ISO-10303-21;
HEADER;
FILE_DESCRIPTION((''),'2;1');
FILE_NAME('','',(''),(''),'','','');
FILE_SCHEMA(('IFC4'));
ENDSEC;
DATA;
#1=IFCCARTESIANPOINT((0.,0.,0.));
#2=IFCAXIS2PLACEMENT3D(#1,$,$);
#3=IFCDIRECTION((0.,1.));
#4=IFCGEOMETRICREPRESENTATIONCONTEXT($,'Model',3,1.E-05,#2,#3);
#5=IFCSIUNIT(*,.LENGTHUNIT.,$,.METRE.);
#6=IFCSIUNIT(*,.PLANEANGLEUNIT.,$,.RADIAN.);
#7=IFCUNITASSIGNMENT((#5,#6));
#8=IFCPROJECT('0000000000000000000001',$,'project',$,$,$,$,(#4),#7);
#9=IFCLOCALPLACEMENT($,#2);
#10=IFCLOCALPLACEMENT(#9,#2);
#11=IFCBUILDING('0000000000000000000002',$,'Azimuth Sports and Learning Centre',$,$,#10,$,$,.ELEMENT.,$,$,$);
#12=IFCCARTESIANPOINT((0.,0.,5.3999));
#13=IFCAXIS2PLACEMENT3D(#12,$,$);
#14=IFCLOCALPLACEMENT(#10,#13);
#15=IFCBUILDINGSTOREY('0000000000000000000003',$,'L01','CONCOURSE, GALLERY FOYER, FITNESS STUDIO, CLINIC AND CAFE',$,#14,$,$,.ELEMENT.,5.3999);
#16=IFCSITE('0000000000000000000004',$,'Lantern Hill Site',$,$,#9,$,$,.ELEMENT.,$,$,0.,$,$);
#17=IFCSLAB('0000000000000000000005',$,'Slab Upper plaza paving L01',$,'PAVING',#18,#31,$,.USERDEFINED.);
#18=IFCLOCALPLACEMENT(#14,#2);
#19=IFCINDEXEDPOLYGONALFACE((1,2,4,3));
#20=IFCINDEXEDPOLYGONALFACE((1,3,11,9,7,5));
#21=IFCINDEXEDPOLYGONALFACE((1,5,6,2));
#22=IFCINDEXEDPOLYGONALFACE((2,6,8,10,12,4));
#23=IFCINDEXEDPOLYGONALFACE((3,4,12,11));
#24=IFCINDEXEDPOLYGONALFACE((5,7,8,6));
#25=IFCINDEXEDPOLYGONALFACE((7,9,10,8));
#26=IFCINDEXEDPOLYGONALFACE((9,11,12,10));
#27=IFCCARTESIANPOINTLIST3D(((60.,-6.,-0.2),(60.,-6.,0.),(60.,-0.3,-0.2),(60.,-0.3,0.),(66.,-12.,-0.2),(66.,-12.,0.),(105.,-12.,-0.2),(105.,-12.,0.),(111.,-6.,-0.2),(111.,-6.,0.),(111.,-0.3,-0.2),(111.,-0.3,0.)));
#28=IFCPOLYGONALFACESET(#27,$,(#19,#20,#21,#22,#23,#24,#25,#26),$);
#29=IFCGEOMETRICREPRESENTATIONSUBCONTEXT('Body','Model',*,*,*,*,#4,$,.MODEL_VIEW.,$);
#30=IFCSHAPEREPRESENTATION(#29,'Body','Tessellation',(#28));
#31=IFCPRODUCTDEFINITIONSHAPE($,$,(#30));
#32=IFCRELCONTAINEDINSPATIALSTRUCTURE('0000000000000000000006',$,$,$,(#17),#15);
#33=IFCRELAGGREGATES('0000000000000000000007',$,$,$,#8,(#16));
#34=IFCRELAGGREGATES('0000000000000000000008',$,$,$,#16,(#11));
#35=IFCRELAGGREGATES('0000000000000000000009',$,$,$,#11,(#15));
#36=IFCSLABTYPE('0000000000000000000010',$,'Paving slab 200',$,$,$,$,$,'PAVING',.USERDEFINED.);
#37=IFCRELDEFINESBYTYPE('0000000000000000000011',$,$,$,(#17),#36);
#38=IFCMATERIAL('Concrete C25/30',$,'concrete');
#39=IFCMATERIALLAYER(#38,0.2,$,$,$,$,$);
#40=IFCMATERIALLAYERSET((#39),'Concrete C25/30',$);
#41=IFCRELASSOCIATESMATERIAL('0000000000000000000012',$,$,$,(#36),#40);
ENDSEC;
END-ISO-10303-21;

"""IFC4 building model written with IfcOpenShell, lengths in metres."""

from ifc_helpers import new_model, si_unit, direction, frame, origin, place, context, subcontext, project, spatial, polyline, outline, extrude, material, layer, layer_set, type_object, element, save


model = new_model("IFC4")

# Units and contexts
model_context = context("Model", 3, precision=1e-05, world=origin(), true_north=direction((0.0, 1.0)))
body_context = subcontext(model_context, "Body", "Model", "MODEL_VIEW")
ifc_project = project(units=[si_unit("LENGTHUNIT", "METRE"), si_unit("PLANEANGLEUNIT", "RADIAN")], contexts=[model_context])

# Site, building, storey
site_placement = place(None, origin())
site = spatial("IfcSite", under=ifc_project, at=site_placement, Name="Lantern Hill Site", CompositionType="ELEMENT", RefElevation=0.0)
building_placement = place(site_placement, origin())
building = spatial("IfcBuilding", under=site, at=building_placement, Name="Azimuth Sports and Learning Centre", CompositionType="ELEMENT")
storey_placement = place(building_placement, frame((0.0, 0.0, 5.3999)))
storey = spatial("IfcBuildingStorey", under=building, at=storey_placement, Name="L01", Description="CONCOURSE, GALLERY FOYER, FITNESS STUDIO, CLINIC AND CAFE", CompositionType="ELEMENT", Elevation=5.3999)

# Slab
ifc_material_1 = material(Name="Concrete C25/30", Category="concrete")
ifc_layer_1 = layer(ifc_material_1, 0.2)
ifc_layer_set_1 = layer_set([ifc_layer_1], Name="Concrete C25/30")
slab_type_1 = type_object("IfcSlabType", Name="Paving slab 200", ElementType="PAVING", PredefinedType="USERDEFINED", material=ifc_layer_set_1)
slab_1_placement = place(storey_placement, frame((0.0, 0.0, -0.2)))
element("IfcSlab", 1, at=slab_1_placement, inside=storey, type_object=slab_type_1, Name="Slab Upper plaza paving L01", ObjectType="PAVING", PredefinedType="USERDEFINED", context=body_context, shape_type="SweptSolid", body=[
    extrude(outline(polyline([(66.0, -12.0), (105.0, -12.0), (111.0, -6.0), (111.0, -0.3), (60.0, -0.3), (60.0, -6.0), (66.0, -12.0)])), origin(), (0.0, 0.0, 1.0), 0.2),
])

save(model, "model.ifc")
